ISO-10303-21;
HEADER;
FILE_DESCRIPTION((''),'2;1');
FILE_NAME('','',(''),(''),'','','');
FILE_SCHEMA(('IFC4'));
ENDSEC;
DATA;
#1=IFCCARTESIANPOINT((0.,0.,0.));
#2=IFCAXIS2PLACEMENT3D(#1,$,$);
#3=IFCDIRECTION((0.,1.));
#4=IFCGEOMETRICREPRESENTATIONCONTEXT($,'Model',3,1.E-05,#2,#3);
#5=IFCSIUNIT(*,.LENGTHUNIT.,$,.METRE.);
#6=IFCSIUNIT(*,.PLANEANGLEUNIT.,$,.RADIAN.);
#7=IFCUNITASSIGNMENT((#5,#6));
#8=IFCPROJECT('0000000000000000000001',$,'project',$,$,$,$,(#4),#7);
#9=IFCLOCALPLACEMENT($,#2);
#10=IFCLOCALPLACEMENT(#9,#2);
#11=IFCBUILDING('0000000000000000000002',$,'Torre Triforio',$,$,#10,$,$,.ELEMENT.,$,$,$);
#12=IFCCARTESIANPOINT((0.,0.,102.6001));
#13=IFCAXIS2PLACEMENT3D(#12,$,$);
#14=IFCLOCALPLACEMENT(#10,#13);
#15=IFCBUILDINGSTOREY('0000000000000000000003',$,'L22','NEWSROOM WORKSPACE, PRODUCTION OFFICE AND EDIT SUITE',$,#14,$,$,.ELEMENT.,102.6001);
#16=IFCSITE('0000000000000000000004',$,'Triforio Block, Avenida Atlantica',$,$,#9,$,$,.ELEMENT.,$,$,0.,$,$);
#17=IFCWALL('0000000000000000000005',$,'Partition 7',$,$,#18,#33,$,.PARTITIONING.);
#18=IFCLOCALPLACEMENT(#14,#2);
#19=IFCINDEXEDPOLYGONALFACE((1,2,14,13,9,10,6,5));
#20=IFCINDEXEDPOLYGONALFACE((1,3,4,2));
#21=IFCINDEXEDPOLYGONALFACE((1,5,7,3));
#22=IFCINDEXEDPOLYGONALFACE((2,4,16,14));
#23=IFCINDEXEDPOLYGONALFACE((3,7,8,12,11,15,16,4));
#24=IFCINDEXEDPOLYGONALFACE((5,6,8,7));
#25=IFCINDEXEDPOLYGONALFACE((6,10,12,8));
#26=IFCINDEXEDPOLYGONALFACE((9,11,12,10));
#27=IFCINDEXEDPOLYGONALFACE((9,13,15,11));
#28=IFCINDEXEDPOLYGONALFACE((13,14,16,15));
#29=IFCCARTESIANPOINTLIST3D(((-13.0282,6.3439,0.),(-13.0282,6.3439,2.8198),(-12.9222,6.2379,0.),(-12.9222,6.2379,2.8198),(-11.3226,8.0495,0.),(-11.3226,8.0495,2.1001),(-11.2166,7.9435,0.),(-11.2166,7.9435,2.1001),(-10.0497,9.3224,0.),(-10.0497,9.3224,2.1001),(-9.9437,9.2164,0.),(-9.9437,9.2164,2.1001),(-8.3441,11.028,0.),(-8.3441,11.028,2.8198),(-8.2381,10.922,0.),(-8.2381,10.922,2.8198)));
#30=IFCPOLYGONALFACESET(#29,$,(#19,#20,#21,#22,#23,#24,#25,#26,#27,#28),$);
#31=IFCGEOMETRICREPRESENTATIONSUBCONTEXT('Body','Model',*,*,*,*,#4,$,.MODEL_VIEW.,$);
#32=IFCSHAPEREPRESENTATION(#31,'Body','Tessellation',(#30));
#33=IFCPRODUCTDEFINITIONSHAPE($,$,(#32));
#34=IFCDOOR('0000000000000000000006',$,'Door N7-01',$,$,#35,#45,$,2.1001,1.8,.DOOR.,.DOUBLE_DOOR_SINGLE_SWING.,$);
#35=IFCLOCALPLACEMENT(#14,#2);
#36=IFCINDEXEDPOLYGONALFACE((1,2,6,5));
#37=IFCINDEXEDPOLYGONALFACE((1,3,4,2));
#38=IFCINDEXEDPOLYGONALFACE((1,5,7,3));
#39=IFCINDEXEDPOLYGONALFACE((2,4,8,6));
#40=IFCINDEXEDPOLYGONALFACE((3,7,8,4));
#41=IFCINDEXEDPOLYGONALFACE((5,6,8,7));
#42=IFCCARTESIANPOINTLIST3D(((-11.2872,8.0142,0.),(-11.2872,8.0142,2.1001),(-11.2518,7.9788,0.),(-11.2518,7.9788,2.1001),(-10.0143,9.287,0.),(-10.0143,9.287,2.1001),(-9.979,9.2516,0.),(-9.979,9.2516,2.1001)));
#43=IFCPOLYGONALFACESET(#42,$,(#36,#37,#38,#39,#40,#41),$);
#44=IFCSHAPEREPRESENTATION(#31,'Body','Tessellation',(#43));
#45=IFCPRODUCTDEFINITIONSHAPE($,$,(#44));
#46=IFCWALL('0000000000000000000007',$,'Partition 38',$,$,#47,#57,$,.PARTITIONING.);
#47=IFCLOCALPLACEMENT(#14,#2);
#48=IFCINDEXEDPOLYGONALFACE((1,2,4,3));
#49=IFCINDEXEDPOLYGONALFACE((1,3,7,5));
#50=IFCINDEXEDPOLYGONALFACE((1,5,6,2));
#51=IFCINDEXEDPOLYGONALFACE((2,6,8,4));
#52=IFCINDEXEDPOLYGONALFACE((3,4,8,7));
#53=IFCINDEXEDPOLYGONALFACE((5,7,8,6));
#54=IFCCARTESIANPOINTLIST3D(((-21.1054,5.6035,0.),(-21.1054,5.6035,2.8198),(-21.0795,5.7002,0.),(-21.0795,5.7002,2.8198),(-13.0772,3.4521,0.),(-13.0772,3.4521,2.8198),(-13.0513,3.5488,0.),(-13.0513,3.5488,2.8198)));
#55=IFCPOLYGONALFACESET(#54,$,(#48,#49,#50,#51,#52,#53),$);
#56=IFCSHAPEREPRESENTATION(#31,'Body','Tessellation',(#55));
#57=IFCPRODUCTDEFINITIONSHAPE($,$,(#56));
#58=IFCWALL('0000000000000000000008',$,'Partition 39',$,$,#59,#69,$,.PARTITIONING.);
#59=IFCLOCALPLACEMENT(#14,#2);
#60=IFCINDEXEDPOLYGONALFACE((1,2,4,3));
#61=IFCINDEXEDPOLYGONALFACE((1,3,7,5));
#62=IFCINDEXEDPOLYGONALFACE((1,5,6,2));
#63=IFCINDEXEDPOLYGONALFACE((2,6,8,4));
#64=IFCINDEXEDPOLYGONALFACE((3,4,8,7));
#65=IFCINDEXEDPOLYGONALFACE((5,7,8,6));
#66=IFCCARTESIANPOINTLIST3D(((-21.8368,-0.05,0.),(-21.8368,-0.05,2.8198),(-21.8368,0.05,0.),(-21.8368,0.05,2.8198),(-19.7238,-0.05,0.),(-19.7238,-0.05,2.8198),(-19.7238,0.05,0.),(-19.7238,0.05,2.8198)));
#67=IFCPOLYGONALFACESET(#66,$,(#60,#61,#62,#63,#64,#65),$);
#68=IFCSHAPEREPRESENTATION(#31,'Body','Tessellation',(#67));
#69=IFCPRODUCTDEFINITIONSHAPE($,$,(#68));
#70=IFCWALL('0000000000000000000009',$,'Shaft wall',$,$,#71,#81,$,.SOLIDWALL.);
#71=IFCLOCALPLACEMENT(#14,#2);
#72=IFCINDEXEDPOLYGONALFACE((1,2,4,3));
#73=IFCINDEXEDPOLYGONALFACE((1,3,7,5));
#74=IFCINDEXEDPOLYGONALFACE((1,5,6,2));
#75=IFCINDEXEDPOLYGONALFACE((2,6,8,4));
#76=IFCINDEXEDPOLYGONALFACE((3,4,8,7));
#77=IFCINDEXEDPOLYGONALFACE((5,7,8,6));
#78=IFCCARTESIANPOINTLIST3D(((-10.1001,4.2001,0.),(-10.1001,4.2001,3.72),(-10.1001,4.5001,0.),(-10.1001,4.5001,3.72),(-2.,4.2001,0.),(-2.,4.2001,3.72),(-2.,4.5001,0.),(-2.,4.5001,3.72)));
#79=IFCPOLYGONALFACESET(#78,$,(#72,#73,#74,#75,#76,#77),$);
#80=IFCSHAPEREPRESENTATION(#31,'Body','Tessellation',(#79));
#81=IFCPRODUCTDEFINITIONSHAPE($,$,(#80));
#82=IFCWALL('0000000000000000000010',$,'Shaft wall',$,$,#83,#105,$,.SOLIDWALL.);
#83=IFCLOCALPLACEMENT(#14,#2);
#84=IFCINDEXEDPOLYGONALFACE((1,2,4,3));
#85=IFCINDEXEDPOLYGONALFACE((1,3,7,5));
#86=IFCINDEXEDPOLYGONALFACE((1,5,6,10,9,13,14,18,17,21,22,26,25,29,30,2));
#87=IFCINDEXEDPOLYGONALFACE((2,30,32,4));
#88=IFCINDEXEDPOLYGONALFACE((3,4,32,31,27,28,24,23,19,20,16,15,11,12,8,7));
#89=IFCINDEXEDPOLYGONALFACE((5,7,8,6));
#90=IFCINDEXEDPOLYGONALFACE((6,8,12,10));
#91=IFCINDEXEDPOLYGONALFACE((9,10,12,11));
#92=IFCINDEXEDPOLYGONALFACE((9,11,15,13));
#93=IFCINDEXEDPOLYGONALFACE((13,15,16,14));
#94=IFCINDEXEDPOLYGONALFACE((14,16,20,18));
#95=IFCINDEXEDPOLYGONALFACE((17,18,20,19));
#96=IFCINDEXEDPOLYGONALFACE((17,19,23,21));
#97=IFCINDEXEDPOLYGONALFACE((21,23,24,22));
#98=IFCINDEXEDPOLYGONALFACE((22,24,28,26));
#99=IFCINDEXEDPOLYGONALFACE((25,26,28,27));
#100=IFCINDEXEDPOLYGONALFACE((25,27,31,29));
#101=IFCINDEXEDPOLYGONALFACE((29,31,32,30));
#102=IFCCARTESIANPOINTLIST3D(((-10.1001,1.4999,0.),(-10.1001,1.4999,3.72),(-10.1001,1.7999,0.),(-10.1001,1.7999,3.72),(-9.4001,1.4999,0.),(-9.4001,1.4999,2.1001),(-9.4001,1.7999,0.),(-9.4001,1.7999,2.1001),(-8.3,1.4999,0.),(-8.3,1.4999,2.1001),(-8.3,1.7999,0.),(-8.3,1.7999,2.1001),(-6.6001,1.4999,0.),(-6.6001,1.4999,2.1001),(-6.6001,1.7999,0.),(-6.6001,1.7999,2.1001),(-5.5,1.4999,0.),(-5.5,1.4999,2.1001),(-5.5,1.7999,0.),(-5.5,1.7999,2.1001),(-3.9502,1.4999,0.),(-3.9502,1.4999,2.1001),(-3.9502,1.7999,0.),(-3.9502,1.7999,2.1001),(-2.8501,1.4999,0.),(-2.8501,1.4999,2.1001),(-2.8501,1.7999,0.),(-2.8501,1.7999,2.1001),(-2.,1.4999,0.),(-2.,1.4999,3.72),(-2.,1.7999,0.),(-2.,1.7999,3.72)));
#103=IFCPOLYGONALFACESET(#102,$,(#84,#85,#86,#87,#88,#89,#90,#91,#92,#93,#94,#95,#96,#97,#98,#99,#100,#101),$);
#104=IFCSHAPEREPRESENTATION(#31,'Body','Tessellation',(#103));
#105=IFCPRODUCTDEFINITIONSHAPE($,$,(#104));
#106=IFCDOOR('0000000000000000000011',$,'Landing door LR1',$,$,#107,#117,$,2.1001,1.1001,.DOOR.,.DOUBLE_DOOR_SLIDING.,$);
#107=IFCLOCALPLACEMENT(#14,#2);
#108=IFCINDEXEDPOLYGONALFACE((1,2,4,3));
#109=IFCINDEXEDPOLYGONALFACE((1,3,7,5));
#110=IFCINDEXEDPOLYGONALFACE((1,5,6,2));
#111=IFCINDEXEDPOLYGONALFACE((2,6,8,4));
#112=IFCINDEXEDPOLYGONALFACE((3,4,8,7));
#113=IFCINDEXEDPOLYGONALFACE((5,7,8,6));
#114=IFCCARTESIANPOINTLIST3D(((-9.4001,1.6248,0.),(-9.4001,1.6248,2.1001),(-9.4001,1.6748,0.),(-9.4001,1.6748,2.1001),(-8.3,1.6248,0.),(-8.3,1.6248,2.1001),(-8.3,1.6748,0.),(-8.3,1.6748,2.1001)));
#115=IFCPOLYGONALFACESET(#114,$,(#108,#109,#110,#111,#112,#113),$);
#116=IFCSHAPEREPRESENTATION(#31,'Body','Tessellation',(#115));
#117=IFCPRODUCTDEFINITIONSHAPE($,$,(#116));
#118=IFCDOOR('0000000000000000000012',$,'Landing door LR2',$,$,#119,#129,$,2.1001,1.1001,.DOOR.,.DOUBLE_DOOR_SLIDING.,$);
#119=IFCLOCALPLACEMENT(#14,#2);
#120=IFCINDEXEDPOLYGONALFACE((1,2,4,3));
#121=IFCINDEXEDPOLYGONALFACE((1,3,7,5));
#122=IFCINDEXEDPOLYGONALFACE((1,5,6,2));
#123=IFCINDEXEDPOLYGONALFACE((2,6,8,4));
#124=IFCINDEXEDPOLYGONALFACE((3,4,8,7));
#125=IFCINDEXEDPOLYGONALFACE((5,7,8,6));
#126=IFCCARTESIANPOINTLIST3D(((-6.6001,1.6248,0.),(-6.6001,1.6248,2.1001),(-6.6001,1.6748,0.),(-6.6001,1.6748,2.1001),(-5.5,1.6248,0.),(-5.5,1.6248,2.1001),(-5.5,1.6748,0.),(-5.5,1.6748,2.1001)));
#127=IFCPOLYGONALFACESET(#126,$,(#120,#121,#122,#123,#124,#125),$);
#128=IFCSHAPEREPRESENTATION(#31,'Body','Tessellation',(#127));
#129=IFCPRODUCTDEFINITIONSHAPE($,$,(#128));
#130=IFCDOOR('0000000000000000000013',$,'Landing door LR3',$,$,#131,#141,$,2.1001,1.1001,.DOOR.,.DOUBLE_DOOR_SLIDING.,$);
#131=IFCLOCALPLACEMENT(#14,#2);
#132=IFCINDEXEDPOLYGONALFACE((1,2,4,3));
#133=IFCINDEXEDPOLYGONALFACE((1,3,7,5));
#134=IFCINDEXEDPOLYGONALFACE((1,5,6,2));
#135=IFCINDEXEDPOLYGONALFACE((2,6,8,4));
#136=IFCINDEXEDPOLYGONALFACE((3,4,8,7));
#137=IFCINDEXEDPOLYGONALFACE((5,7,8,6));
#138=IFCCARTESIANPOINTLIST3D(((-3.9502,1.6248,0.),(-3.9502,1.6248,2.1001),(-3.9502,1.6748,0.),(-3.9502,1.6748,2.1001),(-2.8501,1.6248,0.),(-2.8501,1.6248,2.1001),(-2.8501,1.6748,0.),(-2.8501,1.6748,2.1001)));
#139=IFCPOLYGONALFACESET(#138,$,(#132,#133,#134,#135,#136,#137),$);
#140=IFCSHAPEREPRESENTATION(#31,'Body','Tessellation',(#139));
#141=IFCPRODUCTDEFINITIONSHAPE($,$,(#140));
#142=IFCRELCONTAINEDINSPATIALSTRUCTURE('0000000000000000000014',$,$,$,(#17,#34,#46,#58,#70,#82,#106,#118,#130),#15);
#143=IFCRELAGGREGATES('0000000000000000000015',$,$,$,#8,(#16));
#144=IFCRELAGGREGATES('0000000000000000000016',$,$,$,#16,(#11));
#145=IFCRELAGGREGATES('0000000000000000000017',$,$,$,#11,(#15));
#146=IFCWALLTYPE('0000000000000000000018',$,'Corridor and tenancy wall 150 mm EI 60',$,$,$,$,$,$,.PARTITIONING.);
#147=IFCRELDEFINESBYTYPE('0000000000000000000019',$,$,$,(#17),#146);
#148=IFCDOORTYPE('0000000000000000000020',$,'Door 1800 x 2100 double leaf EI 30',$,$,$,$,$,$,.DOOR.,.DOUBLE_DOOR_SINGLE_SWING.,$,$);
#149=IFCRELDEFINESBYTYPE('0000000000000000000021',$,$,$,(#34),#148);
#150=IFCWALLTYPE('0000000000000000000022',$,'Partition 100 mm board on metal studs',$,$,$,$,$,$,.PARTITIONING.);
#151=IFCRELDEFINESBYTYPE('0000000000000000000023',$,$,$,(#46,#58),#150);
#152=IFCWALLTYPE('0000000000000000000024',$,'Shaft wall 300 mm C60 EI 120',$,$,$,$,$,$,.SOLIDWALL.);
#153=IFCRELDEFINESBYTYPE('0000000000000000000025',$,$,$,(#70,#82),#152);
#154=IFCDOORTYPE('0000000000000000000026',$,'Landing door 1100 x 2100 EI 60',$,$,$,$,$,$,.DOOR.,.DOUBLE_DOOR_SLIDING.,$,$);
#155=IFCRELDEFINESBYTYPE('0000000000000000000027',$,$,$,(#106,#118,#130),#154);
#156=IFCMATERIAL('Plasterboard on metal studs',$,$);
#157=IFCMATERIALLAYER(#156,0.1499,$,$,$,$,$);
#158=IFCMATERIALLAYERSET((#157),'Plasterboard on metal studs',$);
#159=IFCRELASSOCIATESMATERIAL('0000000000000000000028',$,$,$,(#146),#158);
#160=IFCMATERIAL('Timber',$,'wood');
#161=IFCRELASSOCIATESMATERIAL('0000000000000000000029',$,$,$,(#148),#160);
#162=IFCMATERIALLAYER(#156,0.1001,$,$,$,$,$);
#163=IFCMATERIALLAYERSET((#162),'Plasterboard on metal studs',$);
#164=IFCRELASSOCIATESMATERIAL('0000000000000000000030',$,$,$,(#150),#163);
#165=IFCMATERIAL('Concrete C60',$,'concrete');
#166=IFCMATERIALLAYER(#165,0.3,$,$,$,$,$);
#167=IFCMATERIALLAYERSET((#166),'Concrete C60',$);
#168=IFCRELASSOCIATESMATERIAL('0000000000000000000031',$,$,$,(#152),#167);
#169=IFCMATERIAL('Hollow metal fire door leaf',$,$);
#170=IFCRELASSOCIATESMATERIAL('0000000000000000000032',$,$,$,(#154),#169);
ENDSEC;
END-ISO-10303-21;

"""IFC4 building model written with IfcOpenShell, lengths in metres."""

from ifc_helpers import new_model, si_unit, direction, frame, frame_2d, origin, place, context, subcontext, project, spatial, rectangle, extrude, material, layer, layer_set, type_object, element, fill, save


model = new_model("IFC4")

# Units and contexts
model_context = context("Model", 3, precision=1e-05, world=origin(), true_north=direction((0.0, 1.0)))
body_context = subcontext(model_context, "Body", "Model", "MODEL_VIEW")
ifc_project = project(units=[si_unit("LENGTHUNIT", "METRE"), si_unit("PLANEANGLEUNIT", "RADIAN")], contexts=[model_context])

# Site, building, storey
site_placement = place(None, origin())
site = spatial("IfcSite", under=ifc_project, at=site_placement, Name="Triforio Block, Avenida Atlantica", CompositionType="ELEMENT", RefElevation=0.0)
building_placement = place(site_placement, origin())
building = spatial("IfcBuilding", under=site, at=building_placement, Name="Torre Triforio", CompositionType="ELEMENT")
storey_placement = place(building_placement, frame((0.0, 0.0, 102.6001)))
storey = spatial("IfcBuildingStorey", under=building, at=storey_placement, Name="L22", Description="NEWSROOM WORKSPACE, PRODUCTION OFFICE AND EDIT SUITE", CompositionType="ELEMENT", Elevation=102.6001)

# Shared definitions
ifc_material_1 = material(Name="Concrete C60", Category="concrete")

# Shared definitions
ifc_material_2 = material(Name="Hollow metal fire door leaf")
ifc_material_3 = material(Name="Plasterboard on metal studs")
ifc_layer_1 = layer(ifc_material_3, 0.1499)
ifc_layer_set_1 = layer_set([ifc_layer_1], Name="Plasterboard on metal studs")
wall_type_1 = type_object("IfcWallType", Name="Corridor and tenancy wall 150 mm EI 60", PredefinedType="PARTITIONING", material=ifc_layer_set_1)
ifc_material_4 = material(Name="Timber", Category="wood")

# Wall, opening, door
wall_1_placement = place(storey_placement, frame((-12.9751, 6.291, 0.0), z_axis=(0.0, 0.0, 1.0), x_axis=(0.707107, 0.707107, 0.0)))
wall_1 = element("IfcWall", 1, at=wall_1_placement, inside=storey, type_object=wall_type_1, Name="Partition 7", PredefinedType="PARTITIONING", context=body_context, shape_type="SweptSolid", body=[
    extrude(rectangle(XDim=6.6243, YDim=0.1499, at=frame_2d((3.312, 0.0))), origin(), (0.0, 0.0, 1.0), 2.8198),
])
opening_1_placement = place(wall_1_placement, frame((2.4121, 0.0, 0.0)))
opening_1 = element("IfcOpeningElement", 2, at=opening_1_placement, cuts=wall_1, PredefinedType="OPENING", context=body_context, shape_type="SweptSolid", body=[
    extrude(rectangle(XDim=1.8, YDim=2.1001, at=frame_2d((0.8999, 1.05))), frame((0.0, 0.085, 0.0), z_axis=(0.0, -1.0, 0.0), x_axis=(1.0, 0.0, 0.0)), (0.0, 0.0, 1.0), 0.1699),
])
door_type_1 = type_object("IfcDoorType", Name="Door 1800 x 2100 double leaf EI 30", OperationType="DOUBLE_DOOR_SINGLE_SWING", PredefinedType="DOOR", material=ifc_material_4)
door_1_placement = place(opening_1_placement, origin())
door_1 = element("IfcDoor", 3, at=door_1_placement, inside=storey, type_object=door_type_1, Name="Door N7-01", OperationType="DOUBLE_DOOR_SINGLE_SWING", OverallHeight=2.1001, OverallWidth=1.8, PredefinedType="DOOR", context=body_context, shape_type="SweptSolid", body=[
    extrude(rectangle(XDim=1.8, YDim=2.1001, at=frame_2d((0.8999, 1.05))), frame((0.0, 0.0249, 0.0), z_axis=(0.0, -1.0, 0.0), x_axis=(1.0, 0.0, 0.0)), (0.0, 0.0, 1.0), 0.05),
])
fill(opening_1, door_1)

# Walls
ifc_layer_2 = layer(ifc_material_3, 0.1001)
ifc_layer_set_2 = layer_set([ifc_layer_2], Name="Plasterboard on metal studs")
wall_type_2 = type_object("IfcWallType", Name="Partition 100 mm board on metal studs", PredefinedType="PARTITIONING", material=ifc_layer_set_2)
wall_2_placement = place(storey_placement, frame((-13.0642, 3.5005, 0.0), z_axis=(0.0, 0.0, 1.0), x_axis=(-0.96592, 0.25884, 0.0)))
element("IfcWall", 4, at=wall_2_placement, inside=storey, type_object=wall_type_2, Name="Partition 38", PredefinedType="PARTITIONING", context=body_context, shape_type="SweptSolid", body=[
    extrude(rectangle(XDim=8.3115, YDim=0.1001, at=frame_2d((4.1558, 0.0))), origin(), (0.0, 0.0, 1.0), 2.8198),
])
wall_3_placement = place(storey_placement, frame((-19.7236, 0.0, 0.0), z_axis=(0.0, 0.0, 1.0), x_axis=(-1.0, 0.0, 0.0)))
element("IfcWall", 5, at=wall_3_placement, inside=storey, type_object=wall_type_2, Name="Partition 39", PredefinedType="PARTITIONING", context=body_context, shape_type="SweptSolid", body=[
    extrude(rectangle(XDim=2.113, YDim=0.1001, at=frame_2d((1.0566, 0.0))), origin(), (0.0, 0.0, 1.0), 2.8198),
])
ifc_layer_3 = layer(ifc_material_1, 0.3)
ifc_layer_set_3 = layer_set([ifc_layer_3], Name="Concrete C60")
wall_type_3 = type_object("IfcWallType", Name="Shaft wall 300 mm C60 EI 120", PredefinedType="SOLIDWALL", material=ifc_layer_set_3)
wall_4_placement = place(storey_placement, frame((-10.1001, 4.3501, 0.0), z_axis=(0.0, 0.0, 1.0), x_axis=(1.0, 0.0, 0.0)))
element("IfcWall", 6, at=wall_4_placement, inside=storey, type_object=wall_type_3, Name="Shaft wall", PredefinedType="SOLIDWALL", context=body_context, shape_type="SweptSolid", body=[
    extrude(rectangle(XDim=8.1001, YDim=0.3, at=frame_2d((4.05, 0.0))), origin(), (0.0, 0.0, 1.0), 3.72),
])

# Wall, openings, doors
wall_5_placement = place(storey_placement, frame((-10.1001, 1.6499, 0.0), z_axis=(0.0, 0.0, 1.0), x_axis=(1.0, 0.0, 0.0)))
wall_5 = element("IfcWall", 7, at=wall_5_placement, inside=storey, type_object=wall_type_3, Name="Shaft wall", PredefinedType="SOLIDWALL", context=body_context, shape_type="SweptSolid", body=[
    extrude(rectangle(XDim=8.1001, YDim=0.3, at=frame_2d((4.05, 0.0))), origin(), (0.0, 0.0, 1.0), 3.72),
])
opening_2_placement = place(wall_5_placement, frame((0.7, 0.0, 0.0)))
opening_2 = element("IfcOpeningElement", 8, at=opening_2_placement, cuts=wall_5, PredefinedType="OPENING", context=body_context, shape_type="SweptSolid", body=[
    extrude(rectangle(XDim=1.1001, YDim=2.1001, at=frame_2d((0.55, 1.05))), frame((0.0, 0.1599, 0.0), z_axis=(0.0, -1.0, 0.0), x_axis=(1.0, 0.0, 0.0)), (0.0, 0.0, 1.0), 0.3201),
])
opening_3_placement = place(wall_5_placement, frame((3.5, 0.0, 0.0)))
opening_3 = element("IfcOpeningElement", 9, at=opening_3_placement, cuts=wall_5, PredefinedType="OPENING", context=body_context, shape_type="SweptSolid", body=[
    extrude(rectangle(XDim=1.1001, YDim=2.1001, at=frame_2d((0.55, 1.05))), frame((0.0, 0.1599, 0.0), z_axis=(0.0, -1.0, 0.0), x_axis=(1.0, 0.0, 0.0)), (0.0, 0.0, 1.0), 0.3201),
])
opening_4_placement = place(wall_5_placement, frame((6.1499, 0.0, 0.0)))
opening_4 = element("IfcOpeningElement", 10, at=opening_4_placement, cuts=wall_5, PredefinedType="OPENING", context=body_context, shape_type="SweptSolid", body=[
    extrude(rectangle(XDim=1.1001, YDim=2.1001, at=frame_2d((0.55, 1.05))), frame((0.0, 0.1599, 0.0), z_axis=(0.0, -1.0, 0.0), x_axis=(1.0, 0.0, 0.0)), (0.0, 0.0, 1.0), 0.3201),
])
door_type_2 = type_object("IfcDoorType", Name="Landing door 1100 x 2100 EI 60", OperationType="DOUBLE_DOOR_SLIDING", PredefinedType="DOOR", material=ifc_material_2)
door_2_placement = place(opening_2_placement, origin())
door_2 = element("IfcDoor", 11, at=door_2_placement, inside=storey, type_object=door_type_2, Name="Landing door LR1", OperationType="DOUBLE_DOOR_SLIDING", OverallHeight=2.1001, OverallWidth=1.1001, PredefinedType="DOOR", context=body_context, shape_type="SweptSolid", body=[
    extrude(rectangle(XDim=1.1001, YDim=2.1001, at=frame_2d((0.55, 1.05))), frame((0.0, 0.0249, 0.0), z_axis=(0.0, -1.0, 0.0), x_axis=(1.0, 0.0, 0.0)), (0.0, 0.0, 1.0), 0.05),
])
fill(opening_2, door_2)
door_3_placement = place(opening_3_placement, origin())
door_3 = element("IfcDoor", 12, at=door_3_placement, inside=storey, type_object=door_type_2, Name="Landing door LR2", OperationType="DOUBLE_DOOR_SLIDING", OverallHeight=2.1001, OverallWidth=1.1001, PredefinedType="DOOR", context=body_context, shape_type="SweptSolid", body=[
    extrude(rectangle(XDim=1.1001, YDim=2.1001, at=frame_2d((0.55, 1.05))), frame((0.0, 0.0249, 0.0), z_axis=(0.0, -1.0, 0.0), x_axis=(1.0, 0.0, 0.0)), (0.0, 0.0, 1.0), 0.05),
])
fill(opening_3, door_3)
door_4_placement = place(opening_4_placement, origin())
door_4 = element("IfcDoor", 13, at=door_4_placement, inside=storey, type_object=door_type_2, Name="Landing door LR3", OperationType="DOUBLE_DOOR_SLIDING", OverallHeight=2.1001, OverallWidth=1.1001, PredefinedType="DOOR", context=body_context, shape_type="SweptSolid", body=[
    extrude(rectangle(XDim=1.1001, YDim=2.1001, at=frame_2d((0.55, 1.05))), frame((0.0, 0.0249, 0.0), z_axis=(0.0, -1.0, 0.0), x_axis=(1.0, 0.0, 0.0)), (0.0, 0.0, 1.0), 0.05),
])
fill(opening_4, door_4)

save(model, "model.ifc")
